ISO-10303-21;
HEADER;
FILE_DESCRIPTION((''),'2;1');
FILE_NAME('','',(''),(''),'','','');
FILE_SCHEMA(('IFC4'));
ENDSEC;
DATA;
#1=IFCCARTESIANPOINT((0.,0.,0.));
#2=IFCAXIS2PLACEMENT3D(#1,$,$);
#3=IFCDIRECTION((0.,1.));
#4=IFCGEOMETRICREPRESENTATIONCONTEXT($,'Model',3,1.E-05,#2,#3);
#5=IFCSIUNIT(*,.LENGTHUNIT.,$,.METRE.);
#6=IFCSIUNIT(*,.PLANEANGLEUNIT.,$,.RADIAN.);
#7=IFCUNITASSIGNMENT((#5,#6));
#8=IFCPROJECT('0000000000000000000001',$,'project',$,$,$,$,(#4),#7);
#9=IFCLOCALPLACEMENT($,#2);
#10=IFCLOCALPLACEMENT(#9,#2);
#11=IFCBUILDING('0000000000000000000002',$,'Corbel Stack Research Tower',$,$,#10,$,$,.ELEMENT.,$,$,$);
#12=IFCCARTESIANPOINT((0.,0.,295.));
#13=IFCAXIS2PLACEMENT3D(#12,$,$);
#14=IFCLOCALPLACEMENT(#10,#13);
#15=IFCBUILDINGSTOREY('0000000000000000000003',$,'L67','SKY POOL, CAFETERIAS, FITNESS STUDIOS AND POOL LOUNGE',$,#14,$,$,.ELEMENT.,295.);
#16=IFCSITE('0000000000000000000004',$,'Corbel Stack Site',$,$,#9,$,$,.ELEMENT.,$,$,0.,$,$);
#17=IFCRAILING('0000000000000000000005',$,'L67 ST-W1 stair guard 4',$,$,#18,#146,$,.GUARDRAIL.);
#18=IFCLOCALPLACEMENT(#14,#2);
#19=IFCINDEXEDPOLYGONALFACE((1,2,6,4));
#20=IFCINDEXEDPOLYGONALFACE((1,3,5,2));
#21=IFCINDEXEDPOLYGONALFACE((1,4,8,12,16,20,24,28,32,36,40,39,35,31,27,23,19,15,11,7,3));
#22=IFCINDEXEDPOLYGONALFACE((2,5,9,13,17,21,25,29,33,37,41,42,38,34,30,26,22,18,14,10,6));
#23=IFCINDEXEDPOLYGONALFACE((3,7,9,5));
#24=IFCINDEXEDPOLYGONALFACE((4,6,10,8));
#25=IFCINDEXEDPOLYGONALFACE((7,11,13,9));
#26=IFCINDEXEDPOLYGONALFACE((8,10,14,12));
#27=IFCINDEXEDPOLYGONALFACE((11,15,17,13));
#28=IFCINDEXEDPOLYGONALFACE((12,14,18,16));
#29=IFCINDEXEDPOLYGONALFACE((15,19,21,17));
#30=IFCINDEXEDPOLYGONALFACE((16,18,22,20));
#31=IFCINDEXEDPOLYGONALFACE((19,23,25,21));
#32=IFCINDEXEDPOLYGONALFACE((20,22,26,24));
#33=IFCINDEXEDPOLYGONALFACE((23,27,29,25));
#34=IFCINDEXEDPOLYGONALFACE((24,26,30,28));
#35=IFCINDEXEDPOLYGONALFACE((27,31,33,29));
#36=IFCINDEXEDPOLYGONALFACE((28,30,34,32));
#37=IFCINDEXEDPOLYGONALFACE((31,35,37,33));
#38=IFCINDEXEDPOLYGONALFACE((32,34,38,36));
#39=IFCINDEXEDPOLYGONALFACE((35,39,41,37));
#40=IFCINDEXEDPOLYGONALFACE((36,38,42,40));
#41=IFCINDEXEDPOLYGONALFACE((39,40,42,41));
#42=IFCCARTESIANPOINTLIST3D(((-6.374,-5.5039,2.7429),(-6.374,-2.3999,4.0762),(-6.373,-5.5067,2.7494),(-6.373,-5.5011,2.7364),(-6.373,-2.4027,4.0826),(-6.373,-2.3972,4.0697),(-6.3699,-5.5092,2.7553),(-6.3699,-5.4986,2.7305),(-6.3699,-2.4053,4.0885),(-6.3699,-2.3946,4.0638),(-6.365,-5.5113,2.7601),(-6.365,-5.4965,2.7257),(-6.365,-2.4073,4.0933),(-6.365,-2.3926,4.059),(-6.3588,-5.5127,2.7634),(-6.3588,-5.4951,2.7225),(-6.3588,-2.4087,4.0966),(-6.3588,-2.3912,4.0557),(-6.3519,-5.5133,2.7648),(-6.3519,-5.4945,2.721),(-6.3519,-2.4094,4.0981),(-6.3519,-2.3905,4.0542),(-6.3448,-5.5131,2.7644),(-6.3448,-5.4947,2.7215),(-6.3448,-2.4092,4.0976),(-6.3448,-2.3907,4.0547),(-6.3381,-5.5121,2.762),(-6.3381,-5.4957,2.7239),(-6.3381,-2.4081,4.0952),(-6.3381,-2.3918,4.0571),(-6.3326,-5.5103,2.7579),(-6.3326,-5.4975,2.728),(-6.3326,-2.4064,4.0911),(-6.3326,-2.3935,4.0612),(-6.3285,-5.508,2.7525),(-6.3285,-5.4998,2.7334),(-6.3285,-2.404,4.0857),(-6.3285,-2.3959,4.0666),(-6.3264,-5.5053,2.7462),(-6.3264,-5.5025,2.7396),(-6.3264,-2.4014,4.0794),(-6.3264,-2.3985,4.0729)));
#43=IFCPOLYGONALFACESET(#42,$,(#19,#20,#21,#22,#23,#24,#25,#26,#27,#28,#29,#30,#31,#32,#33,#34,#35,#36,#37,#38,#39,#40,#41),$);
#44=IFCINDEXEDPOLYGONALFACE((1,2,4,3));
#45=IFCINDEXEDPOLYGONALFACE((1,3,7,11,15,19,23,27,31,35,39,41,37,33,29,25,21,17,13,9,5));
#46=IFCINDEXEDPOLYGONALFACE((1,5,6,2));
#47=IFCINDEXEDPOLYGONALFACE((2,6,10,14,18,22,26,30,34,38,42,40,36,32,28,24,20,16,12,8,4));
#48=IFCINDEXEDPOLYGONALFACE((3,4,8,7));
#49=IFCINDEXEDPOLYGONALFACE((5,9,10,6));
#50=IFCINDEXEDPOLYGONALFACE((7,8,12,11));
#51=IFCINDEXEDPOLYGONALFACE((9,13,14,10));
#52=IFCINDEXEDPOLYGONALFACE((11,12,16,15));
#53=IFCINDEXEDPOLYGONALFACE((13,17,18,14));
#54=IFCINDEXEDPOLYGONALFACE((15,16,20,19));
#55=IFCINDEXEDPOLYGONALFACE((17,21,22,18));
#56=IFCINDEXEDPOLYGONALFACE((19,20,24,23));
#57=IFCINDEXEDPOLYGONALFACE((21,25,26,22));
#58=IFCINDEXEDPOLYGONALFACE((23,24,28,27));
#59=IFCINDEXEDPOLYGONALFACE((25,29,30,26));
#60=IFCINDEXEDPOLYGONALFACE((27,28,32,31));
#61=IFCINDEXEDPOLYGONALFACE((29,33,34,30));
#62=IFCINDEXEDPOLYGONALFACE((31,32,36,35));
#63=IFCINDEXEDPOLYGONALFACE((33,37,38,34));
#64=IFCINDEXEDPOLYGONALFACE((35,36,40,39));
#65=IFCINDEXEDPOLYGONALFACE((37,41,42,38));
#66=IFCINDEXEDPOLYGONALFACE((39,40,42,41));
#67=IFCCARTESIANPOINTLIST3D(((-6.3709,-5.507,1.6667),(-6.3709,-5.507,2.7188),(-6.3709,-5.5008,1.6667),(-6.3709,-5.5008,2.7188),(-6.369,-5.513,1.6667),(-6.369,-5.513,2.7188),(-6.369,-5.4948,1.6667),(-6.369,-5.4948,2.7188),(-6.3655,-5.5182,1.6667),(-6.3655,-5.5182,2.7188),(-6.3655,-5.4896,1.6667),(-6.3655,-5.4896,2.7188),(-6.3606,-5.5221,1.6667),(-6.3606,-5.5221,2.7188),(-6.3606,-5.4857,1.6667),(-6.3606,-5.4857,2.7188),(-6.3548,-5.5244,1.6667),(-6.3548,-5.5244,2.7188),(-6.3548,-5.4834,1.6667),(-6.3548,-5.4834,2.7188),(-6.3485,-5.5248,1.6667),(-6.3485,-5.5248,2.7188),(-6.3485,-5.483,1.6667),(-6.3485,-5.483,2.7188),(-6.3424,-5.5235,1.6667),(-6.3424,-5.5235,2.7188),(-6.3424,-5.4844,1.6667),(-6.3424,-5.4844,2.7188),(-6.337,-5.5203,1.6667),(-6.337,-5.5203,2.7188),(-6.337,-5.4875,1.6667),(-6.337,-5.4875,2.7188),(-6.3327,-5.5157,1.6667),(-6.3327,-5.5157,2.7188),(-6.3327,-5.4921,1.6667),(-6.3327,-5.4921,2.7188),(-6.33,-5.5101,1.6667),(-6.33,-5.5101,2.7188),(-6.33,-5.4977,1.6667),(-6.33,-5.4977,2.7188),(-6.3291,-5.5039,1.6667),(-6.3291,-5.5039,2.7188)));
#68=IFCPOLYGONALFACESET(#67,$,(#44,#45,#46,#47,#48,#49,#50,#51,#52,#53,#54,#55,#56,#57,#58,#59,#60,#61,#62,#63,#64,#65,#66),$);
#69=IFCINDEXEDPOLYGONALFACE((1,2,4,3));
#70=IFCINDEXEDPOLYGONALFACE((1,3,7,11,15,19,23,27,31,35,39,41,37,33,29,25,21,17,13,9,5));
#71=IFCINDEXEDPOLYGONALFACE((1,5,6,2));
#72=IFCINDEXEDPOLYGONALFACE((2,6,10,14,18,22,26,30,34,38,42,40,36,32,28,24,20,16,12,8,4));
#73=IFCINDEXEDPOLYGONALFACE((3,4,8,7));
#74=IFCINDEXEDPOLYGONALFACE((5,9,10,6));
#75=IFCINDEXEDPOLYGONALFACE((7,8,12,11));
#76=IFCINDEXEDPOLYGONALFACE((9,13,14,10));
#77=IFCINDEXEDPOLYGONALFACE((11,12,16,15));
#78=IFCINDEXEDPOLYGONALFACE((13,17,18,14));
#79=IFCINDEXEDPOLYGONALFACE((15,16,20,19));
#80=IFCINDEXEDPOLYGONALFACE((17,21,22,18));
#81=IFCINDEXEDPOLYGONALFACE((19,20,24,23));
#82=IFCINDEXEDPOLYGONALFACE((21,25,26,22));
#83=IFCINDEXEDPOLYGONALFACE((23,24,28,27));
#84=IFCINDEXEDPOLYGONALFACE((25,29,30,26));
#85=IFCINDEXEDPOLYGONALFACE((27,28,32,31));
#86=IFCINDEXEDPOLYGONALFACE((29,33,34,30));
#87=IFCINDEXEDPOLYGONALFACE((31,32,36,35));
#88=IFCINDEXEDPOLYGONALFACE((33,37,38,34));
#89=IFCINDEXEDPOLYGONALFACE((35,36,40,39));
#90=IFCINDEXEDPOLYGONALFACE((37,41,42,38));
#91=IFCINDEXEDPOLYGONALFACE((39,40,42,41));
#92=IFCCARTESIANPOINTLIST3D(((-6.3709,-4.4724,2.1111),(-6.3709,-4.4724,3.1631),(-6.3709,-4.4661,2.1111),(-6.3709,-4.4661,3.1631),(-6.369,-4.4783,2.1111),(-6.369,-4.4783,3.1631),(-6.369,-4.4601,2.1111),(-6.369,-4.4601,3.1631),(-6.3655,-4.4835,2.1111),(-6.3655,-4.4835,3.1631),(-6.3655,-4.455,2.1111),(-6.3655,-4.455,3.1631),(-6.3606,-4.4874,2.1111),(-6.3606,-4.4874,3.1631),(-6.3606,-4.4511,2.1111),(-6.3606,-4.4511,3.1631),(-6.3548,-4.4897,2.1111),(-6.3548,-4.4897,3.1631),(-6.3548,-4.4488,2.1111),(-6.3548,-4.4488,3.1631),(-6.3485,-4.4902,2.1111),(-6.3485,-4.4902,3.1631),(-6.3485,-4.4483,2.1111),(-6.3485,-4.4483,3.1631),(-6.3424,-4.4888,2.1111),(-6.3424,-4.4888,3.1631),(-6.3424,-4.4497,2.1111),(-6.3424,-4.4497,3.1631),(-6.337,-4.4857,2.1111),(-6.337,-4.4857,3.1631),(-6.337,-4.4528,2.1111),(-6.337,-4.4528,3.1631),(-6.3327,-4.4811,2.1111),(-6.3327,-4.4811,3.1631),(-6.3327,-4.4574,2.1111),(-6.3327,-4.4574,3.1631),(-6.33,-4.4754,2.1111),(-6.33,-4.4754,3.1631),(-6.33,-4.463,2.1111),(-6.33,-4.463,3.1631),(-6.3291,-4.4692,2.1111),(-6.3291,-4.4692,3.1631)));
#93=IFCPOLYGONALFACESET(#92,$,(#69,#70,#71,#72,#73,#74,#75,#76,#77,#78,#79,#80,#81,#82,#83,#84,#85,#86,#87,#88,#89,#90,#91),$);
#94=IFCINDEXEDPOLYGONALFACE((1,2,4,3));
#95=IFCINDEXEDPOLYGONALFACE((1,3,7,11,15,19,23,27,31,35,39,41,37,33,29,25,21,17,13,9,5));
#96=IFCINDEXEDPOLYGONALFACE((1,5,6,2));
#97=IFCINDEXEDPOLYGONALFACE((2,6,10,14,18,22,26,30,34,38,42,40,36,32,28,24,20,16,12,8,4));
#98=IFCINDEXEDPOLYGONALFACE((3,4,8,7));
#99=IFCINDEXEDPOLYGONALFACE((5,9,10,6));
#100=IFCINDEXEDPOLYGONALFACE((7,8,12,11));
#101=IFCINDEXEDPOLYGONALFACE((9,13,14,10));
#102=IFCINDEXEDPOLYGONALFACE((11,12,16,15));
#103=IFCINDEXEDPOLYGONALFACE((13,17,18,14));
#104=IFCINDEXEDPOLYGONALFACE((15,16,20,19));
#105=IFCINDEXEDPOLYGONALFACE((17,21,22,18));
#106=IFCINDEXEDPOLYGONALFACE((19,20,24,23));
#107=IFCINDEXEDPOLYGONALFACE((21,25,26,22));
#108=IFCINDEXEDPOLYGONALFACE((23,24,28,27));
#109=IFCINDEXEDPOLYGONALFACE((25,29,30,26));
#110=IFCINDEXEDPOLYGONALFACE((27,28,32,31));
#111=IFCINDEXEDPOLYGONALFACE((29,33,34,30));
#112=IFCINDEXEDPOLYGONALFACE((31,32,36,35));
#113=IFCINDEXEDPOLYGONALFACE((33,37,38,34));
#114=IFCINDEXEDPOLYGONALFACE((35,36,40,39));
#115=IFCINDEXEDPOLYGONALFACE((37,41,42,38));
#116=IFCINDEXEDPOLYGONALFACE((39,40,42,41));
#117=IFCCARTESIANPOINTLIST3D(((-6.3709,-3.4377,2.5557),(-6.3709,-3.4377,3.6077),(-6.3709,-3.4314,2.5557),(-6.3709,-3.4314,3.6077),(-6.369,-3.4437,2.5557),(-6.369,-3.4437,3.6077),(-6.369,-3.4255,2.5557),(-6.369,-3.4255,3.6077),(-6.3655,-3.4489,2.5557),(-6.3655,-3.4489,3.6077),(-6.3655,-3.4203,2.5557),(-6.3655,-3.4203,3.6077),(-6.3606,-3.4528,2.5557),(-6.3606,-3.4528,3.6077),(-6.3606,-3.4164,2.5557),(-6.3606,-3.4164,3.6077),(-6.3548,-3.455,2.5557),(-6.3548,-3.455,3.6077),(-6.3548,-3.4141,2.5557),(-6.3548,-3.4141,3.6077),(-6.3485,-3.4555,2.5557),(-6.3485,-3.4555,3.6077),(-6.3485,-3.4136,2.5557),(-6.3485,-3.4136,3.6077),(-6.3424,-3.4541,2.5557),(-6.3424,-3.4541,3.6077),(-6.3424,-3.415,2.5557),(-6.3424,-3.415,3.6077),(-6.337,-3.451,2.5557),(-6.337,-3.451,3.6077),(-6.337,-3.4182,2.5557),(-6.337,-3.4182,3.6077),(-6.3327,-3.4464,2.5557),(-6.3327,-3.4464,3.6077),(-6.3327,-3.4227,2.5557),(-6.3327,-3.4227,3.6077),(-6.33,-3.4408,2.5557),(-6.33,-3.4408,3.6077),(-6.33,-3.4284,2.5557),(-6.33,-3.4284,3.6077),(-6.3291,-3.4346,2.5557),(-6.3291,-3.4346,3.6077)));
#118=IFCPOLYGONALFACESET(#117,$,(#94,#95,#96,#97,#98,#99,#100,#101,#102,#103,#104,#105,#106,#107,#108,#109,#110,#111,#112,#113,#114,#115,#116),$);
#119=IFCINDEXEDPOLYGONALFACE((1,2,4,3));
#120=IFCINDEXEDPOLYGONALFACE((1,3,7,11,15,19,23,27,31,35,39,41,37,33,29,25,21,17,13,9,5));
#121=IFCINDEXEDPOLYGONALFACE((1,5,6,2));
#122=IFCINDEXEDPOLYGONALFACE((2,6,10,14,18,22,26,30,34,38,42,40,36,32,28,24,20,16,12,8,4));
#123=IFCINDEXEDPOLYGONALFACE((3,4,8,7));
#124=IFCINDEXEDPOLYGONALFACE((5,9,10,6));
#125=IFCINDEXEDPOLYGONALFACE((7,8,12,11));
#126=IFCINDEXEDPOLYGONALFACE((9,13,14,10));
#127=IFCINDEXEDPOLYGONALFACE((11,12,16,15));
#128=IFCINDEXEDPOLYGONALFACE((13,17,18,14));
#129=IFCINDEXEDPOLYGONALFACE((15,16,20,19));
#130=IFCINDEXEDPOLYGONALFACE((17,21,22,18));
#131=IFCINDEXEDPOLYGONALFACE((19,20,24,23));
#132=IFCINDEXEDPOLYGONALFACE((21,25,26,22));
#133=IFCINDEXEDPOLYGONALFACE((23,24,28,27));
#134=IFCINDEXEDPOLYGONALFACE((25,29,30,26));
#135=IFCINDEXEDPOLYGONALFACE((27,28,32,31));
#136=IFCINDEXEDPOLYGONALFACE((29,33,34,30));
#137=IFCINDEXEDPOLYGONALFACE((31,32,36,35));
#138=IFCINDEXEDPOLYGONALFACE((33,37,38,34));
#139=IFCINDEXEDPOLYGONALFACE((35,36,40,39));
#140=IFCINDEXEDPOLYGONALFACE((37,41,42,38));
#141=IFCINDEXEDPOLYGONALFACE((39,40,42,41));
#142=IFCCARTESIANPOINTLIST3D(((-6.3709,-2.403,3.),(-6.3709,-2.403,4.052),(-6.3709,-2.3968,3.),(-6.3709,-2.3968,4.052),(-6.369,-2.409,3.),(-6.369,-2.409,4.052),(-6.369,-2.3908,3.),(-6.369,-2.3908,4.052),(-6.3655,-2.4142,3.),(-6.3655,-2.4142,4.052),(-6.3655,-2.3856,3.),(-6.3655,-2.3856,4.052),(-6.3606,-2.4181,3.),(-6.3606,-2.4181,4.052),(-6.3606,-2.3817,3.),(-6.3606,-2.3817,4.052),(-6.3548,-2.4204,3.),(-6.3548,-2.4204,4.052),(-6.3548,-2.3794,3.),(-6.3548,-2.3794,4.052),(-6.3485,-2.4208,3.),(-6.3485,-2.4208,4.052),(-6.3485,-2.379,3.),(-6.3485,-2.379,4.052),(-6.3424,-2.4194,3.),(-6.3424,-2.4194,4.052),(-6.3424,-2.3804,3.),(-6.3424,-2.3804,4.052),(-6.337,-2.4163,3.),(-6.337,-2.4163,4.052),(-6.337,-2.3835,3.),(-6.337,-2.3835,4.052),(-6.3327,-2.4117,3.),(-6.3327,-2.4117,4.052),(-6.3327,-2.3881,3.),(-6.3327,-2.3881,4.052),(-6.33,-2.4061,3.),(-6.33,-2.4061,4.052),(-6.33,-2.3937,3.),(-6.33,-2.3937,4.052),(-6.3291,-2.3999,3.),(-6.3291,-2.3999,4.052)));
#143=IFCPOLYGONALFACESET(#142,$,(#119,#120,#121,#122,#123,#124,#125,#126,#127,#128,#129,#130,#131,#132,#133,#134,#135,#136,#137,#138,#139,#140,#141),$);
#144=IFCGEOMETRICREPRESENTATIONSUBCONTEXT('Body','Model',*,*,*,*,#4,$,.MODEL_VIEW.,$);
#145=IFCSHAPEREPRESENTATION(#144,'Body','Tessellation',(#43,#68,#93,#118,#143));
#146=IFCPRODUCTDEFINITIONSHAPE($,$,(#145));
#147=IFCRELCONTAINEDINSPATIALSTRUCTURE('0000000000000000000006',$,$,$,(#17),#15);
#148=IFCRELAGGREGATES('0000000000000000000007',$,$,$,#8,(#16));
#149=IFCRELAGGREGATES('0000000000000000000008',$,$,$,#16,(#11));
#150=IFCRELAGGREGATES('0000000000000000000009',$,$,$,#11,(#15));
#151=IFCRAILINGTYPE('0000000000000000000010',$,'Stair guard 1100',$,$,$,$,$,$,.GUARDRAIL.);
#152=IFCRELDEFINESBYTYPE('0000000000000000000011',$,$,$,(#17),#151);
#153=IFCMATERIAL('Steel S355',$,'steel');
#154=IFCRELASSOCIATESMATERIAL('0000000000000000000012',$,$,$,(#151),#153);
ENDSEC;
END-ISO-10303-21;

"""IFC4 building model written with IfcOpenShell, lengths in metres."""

from ifc_helpers import new_model, si_unit, direction, frame, origin, origin_2d, place, context, subcontext, project, spatial, circle, extrude, material, type_object, element, save


model = new_model("IFC4")

# Units and contexts
model_context = context("Model", 3, precision=1e-05, world=origin(), true_north=direction((0.0, 1.0)))
body_context = subcontext(model_context, "Body", "Model", "MODEL_VIEW")
ifc_project = project(units=[si_unit("LENGTHUNIT", "METRE"), si_unit("PLANEANGLEUNIT", "RADIAN")], contexts=[model_context])

# Site, building, storey
site_placement = place(None, origin())
site = spatial("IfcSite", under=ifc_project, at=site_placement, Name="Corbel Stack Site", CompositionType="ELEMENT", RefElevation=0.0)
building_placement = place(site_placement, origin())
building = spatial("IfcBuilding", under=site, at=building_placement, Name="Corbel Stack Research Tower", CompositionType="ELEMENT")
storey_placement = place(building_placement, frame((0.0, 0.0, 295.0)))
storey = spatial("IfcBuildingStorey", under=building, at=storey_placement, Name="L67", Description="SKY POOL, CAFETERIAS, FITNESS STUDIOS AND POOL LOUNGE", CompositionType="ELEMENT", Elevation=295.0)

# Railing
ifc_material_1 = material(Name="Steel S355", Category="steel")
railing_type_1 = type_object("IfcRailingType", Name="Stair guard 1100", PredefinedType="GUARDRAIL", material=ifc_material_1)
railing_1_placement = place(storey_placement, frame((-6.3501, -5.5039, 1.6667)))
element("IfcRailing", 1, at=railing_1_placement, inside=storey, type_object=railing_type_1, Name="L67 ST-W1 stair guard 4", PredefinedType="GUARDRAIL", context=body_context, shape_type="SweptSolid", body=[
    extrude(circle(Radius=0.0239, at=origin_2d()), frame((0.0, 0.0, 1.0762), z_axis=(0.0, 0.918827, 0.394661), x_axis=(-1.0, 0.0, 0.0)), (0.0, 0.0, 1.0), 3.3782),
    extrude(circle(Radius=0.021, at=origin_2d()), origin(), (0.0, 0.0, 1.0), 1.052),
    extrude(circle(Radius=0.021, at=origin_2d()), frame((0.0, 1.0347, 0.4443)), (0.0, 0.0, 1.0), 1.052),
    extrude(circle(Radius=0.021, at=origin_2d()), frame((0.0, 2.0693, 0.8889)), (0.0, 0.0, 1.0), 1.052),
    extrude(circle(Radius=0.021, at=origin_2d()), frame((0.0, 3.104, 1.3333)), (0.0, 0.0, 1.0), 1.052),
])

save(model, "model.ifc")
